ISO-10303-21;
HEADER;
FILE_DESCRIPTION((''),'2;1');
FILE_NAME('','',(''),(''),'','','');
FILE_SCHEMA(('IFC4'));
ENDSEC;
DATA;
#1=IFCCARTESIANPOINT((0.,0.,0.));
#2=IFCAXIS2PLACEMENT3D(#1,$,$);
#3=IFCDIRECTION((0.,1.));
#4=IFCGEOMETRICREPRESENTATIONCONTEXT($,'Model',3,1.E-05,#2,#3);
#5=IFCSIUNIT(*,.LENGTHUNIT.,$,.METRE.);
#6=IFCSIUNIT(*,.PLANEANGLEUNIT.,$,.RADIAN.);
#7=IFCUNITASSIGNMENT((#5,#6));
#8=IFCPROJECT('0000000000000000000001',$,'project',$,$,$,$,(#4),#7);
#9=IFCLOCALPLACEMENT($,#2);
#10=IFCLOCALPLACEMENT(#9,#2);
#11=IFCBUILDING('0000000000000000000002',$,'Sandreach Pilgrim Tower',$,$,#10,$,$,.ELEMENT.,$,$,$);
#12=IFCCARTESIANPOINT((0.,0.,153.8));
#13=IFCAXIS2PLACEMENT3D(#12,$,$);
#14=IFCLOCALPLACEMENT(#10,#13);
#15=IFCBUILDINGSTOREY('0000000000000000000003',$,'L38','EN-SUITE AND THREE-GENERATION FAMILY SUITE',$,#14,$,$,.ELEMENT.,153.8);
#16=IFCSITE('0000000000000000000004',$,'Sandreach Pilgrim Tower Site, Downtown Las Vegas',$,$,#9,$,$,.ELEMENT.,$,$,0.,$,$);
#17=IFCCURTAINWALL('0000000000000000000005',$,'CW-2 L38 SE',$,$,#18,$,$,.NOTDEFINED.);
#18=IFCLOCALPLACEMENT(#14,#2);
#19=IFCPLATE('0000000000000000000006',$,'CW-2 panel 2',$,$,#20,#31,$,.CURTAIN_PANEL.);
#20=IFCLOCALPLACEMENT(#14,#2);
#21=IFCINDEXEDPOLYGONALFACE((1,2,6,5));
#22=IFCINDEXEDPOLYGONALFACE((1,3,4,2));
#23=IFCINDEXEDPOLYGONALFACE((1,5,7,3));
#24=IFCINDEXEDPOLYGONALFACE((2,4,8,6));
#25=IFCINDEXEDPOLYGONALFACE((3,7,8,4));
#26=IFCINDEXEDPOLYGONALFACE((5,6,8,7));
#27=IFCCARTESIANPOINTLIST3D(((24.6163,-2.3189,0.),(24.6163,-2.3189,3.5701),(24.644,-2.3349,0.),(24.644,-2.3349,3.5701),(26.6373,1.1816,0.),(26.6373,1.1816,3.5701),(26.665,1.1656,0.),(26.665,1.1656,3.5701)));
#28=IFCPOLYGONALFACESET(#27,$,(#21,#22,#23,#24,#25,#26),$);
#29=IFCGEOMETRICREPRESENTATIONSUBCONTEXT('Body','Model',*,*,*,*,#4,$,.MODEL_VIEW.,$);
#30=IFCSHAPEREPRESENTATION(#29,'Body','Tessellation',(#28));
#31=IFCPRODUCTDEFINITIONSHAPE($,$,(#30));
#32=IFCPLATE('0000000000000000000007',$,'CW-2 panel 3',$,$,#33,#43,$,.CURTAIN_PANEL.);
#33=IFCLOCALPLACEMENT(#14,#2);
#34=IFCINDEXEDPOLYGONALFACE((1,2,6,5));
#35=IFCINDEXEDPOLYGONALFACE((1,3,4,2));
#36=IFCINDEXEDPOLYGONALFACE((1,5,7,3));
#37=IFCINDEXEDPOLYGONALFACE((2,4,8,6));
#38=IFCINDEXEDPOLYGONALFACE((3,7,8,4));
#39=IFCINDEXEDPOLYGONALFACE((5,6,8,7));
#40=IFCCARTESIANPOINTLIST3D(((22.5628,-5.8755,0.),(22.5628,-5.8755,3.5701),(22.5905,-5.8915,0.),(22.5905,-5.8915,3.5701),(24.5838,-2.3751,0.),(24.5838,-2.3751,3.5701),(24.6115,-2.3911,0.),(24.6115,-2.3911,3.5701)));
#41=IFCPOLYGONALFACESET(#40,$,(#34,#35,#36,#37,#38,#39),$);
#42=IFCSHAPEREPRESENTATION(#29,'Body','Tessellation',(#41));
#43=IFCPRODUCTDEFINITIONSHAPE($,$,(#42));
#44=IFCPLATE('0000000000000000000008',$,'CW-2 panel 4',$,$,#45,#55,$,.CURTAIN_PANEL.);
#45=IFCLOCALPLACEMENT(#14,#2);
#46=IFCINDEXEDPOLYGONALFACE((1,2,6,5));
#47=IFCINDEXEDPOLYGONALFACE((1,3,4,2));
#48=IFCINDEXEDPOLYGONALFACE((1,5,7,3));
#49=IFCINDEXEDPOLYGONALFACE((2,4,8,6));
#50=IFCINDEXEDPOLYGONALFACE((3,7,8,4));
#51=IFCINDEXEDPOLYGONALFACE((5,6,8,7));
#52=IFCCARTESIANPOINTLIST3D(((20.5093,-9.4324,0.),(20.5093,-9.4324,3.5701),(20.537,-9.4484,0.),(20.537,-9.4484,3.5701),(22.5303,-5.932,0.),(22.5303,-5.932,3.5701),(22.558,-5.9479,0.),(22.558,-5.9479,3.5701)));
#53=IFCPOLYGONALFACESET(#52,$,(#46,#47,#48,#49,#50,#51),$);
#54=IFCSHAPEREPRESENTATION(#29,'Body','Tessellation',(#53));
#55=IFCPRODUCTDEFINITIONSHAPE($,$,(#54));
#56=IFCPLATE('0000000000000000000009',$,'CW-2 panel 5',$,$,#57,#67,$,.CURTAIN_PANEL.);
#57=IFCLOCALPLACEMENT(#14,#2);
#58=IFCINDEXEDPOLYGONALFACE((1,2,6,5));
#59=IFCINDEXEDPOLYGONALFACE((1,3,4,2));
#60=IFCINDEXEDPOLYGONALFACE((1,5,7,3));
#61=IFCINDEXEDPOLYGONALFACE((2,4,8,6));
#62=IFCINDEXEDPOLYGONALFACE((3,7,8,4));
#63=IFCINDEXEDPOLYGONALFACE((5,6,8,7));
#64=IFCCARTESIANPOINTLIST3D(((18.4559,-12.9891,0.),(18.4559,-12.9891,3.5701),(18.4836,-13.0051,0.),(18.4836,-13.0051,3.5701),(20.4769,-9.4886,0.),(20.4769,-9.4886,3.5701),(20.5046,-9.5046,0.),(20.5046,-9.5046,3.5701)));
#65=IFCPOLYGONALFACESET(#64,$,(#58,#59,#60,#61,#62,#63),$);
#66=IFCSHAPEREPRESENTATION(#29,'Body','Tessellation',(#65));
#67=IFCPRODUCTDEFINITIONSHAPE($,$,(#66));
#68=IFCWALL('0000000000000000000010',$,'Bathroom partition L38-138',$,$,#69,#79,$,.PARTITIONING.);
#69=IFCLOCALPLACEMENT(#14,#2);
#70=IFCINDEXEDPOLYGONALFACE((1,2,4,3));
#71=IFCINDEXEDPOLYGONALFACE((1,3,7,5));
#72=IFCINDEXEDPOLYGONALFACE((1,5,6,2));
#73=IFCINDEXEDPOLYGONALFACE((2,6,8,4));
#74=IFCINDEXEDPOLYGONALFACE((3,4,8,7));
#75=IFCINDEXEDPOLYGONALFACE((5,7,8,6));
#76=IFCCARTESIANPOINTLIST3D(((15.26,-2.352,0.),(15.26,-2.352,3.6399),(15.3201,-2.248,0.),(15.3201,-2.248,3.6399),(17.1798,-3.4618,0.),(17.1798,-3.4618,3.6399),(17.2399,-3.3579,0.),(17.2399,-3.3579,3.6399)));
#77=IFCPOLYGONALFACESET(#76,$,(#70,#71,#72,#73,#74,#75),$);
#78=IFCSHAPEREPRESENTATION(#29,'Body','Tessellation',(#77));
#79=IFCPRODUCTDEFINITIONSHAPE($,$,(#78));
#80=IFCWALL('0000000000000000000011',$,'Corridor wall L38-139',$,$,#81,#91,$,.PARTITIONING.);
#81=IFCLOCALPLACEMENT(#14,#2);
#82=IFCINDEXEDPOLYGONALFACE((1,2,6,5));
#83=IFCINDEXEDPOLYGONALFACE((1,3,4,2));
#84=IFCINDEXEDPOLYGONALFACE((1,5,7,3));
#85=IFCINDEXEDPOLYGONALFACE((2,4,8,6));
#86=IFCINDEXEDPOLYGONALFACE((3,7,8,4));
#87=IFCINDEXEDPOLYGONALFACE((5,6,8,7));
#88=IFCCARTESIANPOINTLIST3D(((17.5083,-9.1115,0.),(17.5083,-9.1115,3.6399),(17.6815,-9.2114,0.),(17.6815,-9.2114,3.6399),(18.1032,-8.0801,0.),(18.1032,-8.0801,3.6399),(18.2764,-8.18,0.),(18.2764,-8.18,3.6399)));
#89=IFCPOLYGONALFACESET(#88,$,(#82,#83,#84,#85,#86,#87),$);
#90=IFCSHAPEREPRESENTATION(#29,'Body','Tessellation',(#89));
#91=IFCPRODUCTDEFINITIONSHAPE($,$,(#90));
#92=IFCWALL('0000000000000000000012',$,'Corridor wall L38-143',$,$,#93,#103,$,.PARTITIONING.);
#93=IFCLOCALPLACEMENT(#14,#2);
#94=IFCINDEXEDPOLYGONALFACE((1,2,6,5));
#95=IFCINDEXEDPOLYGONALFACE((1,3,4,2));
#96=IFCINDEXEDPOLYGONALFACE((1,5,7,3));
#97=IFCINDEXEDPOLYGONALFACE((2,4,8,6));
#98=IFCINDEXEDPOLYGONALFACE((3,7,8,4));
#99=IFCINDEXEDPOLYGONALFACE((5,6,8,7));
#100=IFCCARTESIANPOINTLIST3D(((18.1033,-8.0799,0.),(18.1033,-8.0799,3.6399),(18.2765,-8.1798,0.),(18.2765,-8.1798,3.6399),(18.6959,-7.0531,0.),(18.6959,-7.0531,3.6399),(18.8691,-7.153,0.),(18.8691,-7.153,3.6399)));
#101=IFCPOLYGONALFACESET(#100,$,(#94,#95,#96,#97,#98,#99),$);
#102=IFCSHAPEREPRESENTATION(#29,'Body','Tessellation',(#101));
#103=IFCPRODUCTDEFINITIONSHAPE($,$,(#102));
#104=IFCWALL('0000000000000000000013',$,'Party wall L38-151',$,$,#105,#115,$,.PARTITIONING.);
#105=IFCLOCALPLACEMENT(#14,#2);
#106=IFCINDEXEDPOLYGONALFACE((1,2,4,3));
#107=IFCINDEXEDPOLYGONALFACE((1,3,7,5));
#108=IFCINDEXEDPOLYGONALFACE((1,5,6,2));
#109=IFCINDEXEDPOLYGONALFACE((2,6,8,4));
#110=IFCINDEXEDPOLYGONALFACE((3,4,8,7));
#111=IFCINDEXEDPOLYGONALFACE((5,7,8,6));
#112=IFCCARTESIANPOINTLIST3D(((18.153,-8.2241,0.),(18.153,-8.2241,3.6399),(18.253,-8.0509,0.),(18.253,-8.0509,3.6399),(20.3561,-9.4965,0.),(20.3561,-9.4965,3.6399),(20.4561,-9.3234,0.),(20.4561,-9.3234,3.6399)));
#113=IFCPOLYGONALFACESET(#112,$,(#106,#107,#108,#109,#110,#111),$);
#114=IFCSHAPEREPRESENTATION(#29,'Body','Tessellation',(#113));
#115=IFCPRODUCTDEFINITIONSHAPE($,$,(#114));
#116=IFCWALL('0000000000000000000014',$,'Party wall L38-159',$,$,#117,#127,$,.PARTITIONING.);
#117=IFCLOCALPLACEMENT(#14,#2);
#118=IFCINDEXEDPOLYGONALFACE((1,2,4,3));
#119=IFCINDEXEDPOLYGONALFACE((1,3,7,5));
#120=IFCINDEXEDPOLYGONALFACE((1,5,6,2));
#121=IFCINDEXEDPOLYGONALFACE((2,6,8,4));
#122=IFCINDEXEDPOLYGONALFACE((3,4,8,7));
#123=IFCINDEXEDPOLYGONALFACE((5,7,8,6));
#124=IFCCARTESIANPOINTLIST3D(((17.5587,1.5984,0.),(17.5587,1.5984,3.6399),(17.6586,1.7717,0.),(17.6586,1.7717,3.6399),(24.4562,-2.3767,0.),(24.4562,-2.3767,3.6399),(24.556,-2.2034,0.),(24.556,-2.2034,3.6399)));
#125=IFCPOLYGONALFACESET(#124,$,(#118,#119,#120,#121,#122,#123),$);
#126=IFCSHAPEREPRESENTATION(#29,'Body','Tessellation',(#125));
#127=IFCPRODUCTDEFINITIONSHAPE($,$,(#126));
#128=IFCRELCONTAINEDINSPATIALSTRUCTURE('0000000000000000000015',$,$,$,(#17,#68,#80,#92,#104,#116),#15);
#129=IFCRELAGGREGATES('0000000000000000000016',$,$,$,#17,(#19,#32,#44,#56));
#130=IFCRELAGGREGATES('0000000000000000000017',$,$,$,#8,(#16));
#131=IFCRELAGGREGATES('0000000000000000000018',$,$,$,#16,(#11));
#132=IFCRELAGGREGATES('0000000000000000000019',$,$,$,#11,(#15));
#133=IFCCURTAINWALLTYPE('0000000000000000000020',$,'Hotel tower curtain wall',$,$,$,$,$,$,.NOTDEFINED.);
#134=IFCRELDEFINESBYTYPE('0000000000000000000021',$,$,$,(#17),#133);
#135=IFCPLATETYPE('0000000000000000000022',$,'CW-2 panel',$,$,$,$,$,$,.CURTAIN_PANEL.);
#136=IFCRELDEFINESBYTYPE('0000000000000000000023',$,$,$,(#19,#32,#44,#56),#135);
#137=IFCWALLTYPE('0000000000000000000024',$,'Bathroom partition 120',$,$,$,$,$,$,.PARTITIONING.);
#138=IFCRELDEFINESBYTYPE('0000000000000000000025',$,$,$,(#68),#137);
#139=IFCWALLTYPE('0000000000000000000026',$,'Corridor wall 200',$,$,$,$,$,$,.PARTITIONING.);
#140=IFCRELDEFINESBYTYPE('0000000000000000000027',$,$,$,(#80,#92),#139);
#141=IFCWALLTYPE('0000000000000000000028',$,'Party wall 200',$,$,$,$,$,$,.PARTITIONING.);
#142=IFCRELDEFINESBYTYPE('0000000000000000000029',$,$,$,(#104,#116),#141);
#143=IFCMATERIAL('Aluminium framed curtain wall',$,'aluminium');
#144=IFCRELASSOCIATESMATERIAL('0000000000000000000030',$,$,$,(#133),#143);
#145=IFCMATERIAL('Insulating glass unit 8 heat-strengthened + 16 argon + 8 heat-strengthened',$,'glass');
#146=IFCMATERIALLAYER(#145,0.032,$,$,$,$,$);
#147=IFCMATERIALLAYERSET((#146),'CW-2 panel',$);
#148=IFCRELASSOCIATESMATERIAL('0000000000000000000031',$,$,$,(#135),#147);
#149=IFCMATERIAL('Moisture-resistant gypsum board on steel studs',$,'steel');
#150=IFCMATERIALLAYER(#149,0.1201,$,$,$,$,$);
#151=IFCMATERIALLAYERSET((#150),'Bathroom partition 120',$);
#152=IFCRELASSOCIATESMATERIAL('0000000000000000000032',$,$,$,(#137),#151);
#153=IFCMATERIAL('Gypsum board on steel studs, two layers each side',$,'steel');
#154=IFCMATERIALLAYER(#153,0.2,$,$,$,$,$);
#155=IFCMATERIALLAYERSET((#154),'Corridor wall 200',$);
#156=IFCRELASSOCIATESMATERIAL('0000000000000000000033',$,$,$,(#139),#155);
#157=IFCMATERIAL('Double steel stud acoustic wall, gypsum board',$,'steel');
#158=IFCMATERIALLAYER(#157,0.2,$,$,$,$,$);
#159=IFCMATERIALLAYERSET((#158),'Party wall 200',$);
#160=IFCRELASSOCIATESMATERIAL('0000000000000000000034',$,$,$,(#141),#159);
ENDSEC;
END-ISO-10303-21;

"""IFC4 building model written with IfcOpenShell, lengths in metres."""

from ifc_helpers import new_model, si_unit, direction, frame, frame_2d, origin, origin_2d, place, context, subcontext, project, spatial, rectangle, extrude, material, layer, layer_set, type_object, element, aggregate, save


model = new_model("IFC4")

# Units and contexts
model_context = context("Model", 3, precision=1e-05, world=origin(), true_north=direction((0.0, 1.0)))
body_context = subcontext(model_context, "Body", "Model", "MODEL_VIEW")
ifc_project = project(units=[si_unit("LENGTHUNIT", "METRE"), si_unit("PLANEANGLEUNIT", "RADIAN")], contexts=[model_context])

# Site, building, storey
site_placement = place(None, origin())
site = spatial("IfcSite", under=ifc_project, at=site_placement, Name="Sandreach Pilgrim Tower Site, Downtown Las Vegas", CompositionType="ELEMENT", RefElevation=0.0)
building_placement = place(site_placement, origin())
building = spatial("IfcBuilding", under=site, at=building_placement, Name="Sandreach Pilgrim Tower", CompositionType="ELEMENT")
storey_placement = place(building_placement, frame((0.0, 0.0, 153.8)))
storey = spatial("IfcBuildingStorey", under=building, at=storey_placement, Name="L38", Description="EN-SUITE AND THREE-GENERATION FAMILY SUITE", CompositionType="ELEMENT", Elevation=153.8)

# Curtain wall
ifc_material_1 = material(Name="Aluminium framed curtain wall", Category="aluminium")
curtain_wall_type = type_object("IfcCurtainWallType", Name="Hotel tower curtain wall", PredefinedType="NOTDEFINED", material=ifc_material_1)
curtain_wall_placement = place(storey_placement, origin())
curtain_wall = element("IfcCurtainWall", 1, at=curtain_wall_placement, inside=storey, type_object=curtain_wall_type, Name="CW-2 L38 SE", PredefinedType="NOTDEFINED")

# Plates
ifc_material_2 = material(Name="Insulating glass unit 8 heat-strengthened + 16 argon + 8 heat-strengthened", Category="glass")
ifc_layer_1 = layer(ifc_material_2, 0.032)
ifc_layer_set_1 = layer_set([ifc_layer_1], Name="CW-2 panel")
plate_type = type_object("IfcPlateType", Name="CW-2 panel", PredefinedType="CURTAIN_PANEL", material=ifc_layer_set_1)
plate_1_placement = place(storey_placement, frame((25.6406, -0.5767, 0.0), z_axis=(0.0, 0.0, 1.0), x_axis=(-0.5, -0.866025, 0.0)))
plate_1 = element("IfcPlate", 2, at=plate_1_placement, type_object=plate_type, Name="CW-2 panel 2", PredefinedType="CURTAIN_PANEL", context=body_context, shape_type="SweptSolid", body=[
    extrude(rectangle(XDim=4.042, YDim=0.032, at=origin_2d()), origin(), (0.0, 0.0, 1.0), 3.5701),
])
plate_2_placement = place(storey_placement, frame((23.5872, -4.1333, 0.0), z_axis=(0.0, 0.0, 1.0), x_axis=(-0.5, -0.866025, 0.0)))
plate_2 = element("IfcPlate", 3, at=plate_2_placement, type_object=plate_type, Name="CW-2 panel 3", PredefinedType="CURTAIN_PANEL", context=body_context, shape_type="SweptSolid", body=[
    extrude(rectangle(XDim=4.042, YDim=0.032, at=origin_2d()), origin(), (0.0, 0.0, 1.0), 3.5701),
])
plate_3_placement = place(storey_placement, frame((21.5337, -7.6902, 0.0), z_axis=(0.0, 0.0, 1.0), x_axis=(-0.5, -0.866025, 0.0)))
plate_3 = element("IfcPlate", 4, at=plate_3_placement, type_object=plate_type, Name="CW-2 panel 4", PredefinedType="CURTAIN_PANEL", context=body_context, shape_type="SweptSolid", body=[
    extrude(rectangle(XDim=4.042, YDim=0.032, at=origin_2d()), origin(), (0.0, 0.0, 1.0), 3.5701),
])
plate_4_placement = place(storey_placement, frame((19.4802, -11.2468, 0.0), z_axis=(0.0, 0.0, 1.0), x_axis=(-0.5, -0.866025, 0.0)))
plate_4 = element("IfcPlate", 5, at=plate_4_placement, type_object=plate_type, Name="CW-2 panel 5", PredefinedType="CURTAIN_PANEL", context=body_context, shape_type="SweptSolid", body=[
    extrude(rectangle(XDim=4.042, YDim=0.032, at=origin_2d()), origin(), (0.0, 0.0, 1.0), 3.5701),
])
aggregate(curtain_wall, [plate_1, plate_2, plate_3, plate_4])

# Walls
ifc_material_3 = material(Name="Moisture-resistant gypsum board on steel studs", Category="steel")
ifc_layer_2 = layer(ifc_material_3, 0.1201)
ifc_layer_set_2 = layer_set([ifc_layer_2], Name="Bathroom partition 120")
wall_type_1 = type_object("IfcWallType", Name="Bathroom partition 120", PredefinedType="PARTITIONING", material=ifc_layer_set_2)
wall_1_placement = place(storey_placement, frame((17.21, -3.4099, 0.0), z_axis=(0.0, 0.0, 1.0), x_axis=(-0.865753, 0.500472, 0.0)))
element("IfcWall", 6, at=wall_1_placement, inside=storey, type_object=wall_type_1, Name="Bathroom partition L38-138", PredefinedType="PARTITIONING", context=body_context, shape_type="SweptSolid", body=[
    extrude(rectangle(XDim=2.2175, YDim=0.1201, at=frame_2d((1.1089, 0.0))), origin(), (0.0, 0.0, 1.0), 3.6399),
])
ifc_material_4 = material(Name="Gypsum board on steel studs, two layers each side", Category="steel")
ifc_layer_3 = layer(ifc_material_4, 0.2)
ifc_layer_set_3 = layer_set([ifc_layer_3], Name="Corridor wall 200")
wall_type_2 = type_object("IfcWallType", Name="Corridor wall 200", PredefinedType="PARTITIONING", material=ifc_layer_set_3)
wall_2_placement = place(storey_placement, frame((17.595, -9.1614, 0.0), z_axis=(0.0, 0.0, 1.0), x_axis=(0.499646, 0.86623, 0.0)))
element("IfcWall", 7, at=wall_2_placement, inside=storey, type_object=wall_type_2, Name="Corridor wall L38-139", PredefinedType="PARTITIONING", context=body_context, shape_type="SweptSolid", body=[
    extrude(rectangle(XDim=1.1907, YDim=0.2, at=frame_2d((0.5952, 0.0))), origin(), (0.0, 0.0, 1.0), 3.6399),
])
wall_3_placement = place(storey_placement, frame((18.1899, -8.1299, 0.0), z_axis=(0.0, 0.0, 1.0), x_axis=(0.499794, 0.866144, 0.0)))
element("IfcWall", 8, at=wall_3_placement, inside=storey, type_object=wall_type_2, Name="Corridor wall L38-143", PredefinedType="PARTITIONING", context=body_context, shape_type="SweptSolid", body=[
    extrude(rectangle(XDim=1.1855, YDim=0.2, at=frame_2d((0.5928, 0.0))), origin(), (0.0, 0.0, 1.0), 3.6399),
])
ifc_material_5 = material(Name="Double steel stud acoustic wall, gypsum board", Category="steel")
ifc_layer_4 = layer(ifc_material_5, 0.2)
ifc_layer_set_4 = layer_set([ifc_layer_4], Name="Party wall 200")
wall_type_3 = type_object("IfcWallType", Name="Party wall 200", PredefinedType="PARTITIONING", material=ifc_layer_set_4)
wall_4_placement = place(storey_placement, frame((20.406, -9.4099, 0.0), z_axis=(0.0, 0.0, 1.0), x_axis=(-0.865943, 0.500143, 0.0)))
element("IfcWall", 9, at=wall_4_placement, inside=storey, type_object=wall_type_3, Name="Party wall L38-151", PredefinedType="PARTITIONING", context=body_context, shape_type="SweptSolid", body=[
    extrude(rectangle(XDim=2.5442, YDim=0.2, at=frame_2d((1.272, 0.0))), origin(), (0.0, 0.0, 1.0), 3.6399),
])
wall_5_placement = place(storey_placement, frame((24.5061, -2.29, 0.0), z_axis=(0.0, 0.0, 1.0), x_axis=(-0.866414, 0.499326, 0.0)))
element("IfcWall", 10, at=wall_5_placement, inside=storey, type_object=wall_type_3, Name="Party wall L38-159", PredefinedType="PARTITIONING", context=body_context, shape_type="SweptSolid", body=[
    extrude(rectangle(XDim=7.9609, YDim=0.2, at=frame_2d((3.9805, 0.0))), origin(), (0.0, 0.0, 1.0), 3.6399),
])

save(model, "model.ifc")
